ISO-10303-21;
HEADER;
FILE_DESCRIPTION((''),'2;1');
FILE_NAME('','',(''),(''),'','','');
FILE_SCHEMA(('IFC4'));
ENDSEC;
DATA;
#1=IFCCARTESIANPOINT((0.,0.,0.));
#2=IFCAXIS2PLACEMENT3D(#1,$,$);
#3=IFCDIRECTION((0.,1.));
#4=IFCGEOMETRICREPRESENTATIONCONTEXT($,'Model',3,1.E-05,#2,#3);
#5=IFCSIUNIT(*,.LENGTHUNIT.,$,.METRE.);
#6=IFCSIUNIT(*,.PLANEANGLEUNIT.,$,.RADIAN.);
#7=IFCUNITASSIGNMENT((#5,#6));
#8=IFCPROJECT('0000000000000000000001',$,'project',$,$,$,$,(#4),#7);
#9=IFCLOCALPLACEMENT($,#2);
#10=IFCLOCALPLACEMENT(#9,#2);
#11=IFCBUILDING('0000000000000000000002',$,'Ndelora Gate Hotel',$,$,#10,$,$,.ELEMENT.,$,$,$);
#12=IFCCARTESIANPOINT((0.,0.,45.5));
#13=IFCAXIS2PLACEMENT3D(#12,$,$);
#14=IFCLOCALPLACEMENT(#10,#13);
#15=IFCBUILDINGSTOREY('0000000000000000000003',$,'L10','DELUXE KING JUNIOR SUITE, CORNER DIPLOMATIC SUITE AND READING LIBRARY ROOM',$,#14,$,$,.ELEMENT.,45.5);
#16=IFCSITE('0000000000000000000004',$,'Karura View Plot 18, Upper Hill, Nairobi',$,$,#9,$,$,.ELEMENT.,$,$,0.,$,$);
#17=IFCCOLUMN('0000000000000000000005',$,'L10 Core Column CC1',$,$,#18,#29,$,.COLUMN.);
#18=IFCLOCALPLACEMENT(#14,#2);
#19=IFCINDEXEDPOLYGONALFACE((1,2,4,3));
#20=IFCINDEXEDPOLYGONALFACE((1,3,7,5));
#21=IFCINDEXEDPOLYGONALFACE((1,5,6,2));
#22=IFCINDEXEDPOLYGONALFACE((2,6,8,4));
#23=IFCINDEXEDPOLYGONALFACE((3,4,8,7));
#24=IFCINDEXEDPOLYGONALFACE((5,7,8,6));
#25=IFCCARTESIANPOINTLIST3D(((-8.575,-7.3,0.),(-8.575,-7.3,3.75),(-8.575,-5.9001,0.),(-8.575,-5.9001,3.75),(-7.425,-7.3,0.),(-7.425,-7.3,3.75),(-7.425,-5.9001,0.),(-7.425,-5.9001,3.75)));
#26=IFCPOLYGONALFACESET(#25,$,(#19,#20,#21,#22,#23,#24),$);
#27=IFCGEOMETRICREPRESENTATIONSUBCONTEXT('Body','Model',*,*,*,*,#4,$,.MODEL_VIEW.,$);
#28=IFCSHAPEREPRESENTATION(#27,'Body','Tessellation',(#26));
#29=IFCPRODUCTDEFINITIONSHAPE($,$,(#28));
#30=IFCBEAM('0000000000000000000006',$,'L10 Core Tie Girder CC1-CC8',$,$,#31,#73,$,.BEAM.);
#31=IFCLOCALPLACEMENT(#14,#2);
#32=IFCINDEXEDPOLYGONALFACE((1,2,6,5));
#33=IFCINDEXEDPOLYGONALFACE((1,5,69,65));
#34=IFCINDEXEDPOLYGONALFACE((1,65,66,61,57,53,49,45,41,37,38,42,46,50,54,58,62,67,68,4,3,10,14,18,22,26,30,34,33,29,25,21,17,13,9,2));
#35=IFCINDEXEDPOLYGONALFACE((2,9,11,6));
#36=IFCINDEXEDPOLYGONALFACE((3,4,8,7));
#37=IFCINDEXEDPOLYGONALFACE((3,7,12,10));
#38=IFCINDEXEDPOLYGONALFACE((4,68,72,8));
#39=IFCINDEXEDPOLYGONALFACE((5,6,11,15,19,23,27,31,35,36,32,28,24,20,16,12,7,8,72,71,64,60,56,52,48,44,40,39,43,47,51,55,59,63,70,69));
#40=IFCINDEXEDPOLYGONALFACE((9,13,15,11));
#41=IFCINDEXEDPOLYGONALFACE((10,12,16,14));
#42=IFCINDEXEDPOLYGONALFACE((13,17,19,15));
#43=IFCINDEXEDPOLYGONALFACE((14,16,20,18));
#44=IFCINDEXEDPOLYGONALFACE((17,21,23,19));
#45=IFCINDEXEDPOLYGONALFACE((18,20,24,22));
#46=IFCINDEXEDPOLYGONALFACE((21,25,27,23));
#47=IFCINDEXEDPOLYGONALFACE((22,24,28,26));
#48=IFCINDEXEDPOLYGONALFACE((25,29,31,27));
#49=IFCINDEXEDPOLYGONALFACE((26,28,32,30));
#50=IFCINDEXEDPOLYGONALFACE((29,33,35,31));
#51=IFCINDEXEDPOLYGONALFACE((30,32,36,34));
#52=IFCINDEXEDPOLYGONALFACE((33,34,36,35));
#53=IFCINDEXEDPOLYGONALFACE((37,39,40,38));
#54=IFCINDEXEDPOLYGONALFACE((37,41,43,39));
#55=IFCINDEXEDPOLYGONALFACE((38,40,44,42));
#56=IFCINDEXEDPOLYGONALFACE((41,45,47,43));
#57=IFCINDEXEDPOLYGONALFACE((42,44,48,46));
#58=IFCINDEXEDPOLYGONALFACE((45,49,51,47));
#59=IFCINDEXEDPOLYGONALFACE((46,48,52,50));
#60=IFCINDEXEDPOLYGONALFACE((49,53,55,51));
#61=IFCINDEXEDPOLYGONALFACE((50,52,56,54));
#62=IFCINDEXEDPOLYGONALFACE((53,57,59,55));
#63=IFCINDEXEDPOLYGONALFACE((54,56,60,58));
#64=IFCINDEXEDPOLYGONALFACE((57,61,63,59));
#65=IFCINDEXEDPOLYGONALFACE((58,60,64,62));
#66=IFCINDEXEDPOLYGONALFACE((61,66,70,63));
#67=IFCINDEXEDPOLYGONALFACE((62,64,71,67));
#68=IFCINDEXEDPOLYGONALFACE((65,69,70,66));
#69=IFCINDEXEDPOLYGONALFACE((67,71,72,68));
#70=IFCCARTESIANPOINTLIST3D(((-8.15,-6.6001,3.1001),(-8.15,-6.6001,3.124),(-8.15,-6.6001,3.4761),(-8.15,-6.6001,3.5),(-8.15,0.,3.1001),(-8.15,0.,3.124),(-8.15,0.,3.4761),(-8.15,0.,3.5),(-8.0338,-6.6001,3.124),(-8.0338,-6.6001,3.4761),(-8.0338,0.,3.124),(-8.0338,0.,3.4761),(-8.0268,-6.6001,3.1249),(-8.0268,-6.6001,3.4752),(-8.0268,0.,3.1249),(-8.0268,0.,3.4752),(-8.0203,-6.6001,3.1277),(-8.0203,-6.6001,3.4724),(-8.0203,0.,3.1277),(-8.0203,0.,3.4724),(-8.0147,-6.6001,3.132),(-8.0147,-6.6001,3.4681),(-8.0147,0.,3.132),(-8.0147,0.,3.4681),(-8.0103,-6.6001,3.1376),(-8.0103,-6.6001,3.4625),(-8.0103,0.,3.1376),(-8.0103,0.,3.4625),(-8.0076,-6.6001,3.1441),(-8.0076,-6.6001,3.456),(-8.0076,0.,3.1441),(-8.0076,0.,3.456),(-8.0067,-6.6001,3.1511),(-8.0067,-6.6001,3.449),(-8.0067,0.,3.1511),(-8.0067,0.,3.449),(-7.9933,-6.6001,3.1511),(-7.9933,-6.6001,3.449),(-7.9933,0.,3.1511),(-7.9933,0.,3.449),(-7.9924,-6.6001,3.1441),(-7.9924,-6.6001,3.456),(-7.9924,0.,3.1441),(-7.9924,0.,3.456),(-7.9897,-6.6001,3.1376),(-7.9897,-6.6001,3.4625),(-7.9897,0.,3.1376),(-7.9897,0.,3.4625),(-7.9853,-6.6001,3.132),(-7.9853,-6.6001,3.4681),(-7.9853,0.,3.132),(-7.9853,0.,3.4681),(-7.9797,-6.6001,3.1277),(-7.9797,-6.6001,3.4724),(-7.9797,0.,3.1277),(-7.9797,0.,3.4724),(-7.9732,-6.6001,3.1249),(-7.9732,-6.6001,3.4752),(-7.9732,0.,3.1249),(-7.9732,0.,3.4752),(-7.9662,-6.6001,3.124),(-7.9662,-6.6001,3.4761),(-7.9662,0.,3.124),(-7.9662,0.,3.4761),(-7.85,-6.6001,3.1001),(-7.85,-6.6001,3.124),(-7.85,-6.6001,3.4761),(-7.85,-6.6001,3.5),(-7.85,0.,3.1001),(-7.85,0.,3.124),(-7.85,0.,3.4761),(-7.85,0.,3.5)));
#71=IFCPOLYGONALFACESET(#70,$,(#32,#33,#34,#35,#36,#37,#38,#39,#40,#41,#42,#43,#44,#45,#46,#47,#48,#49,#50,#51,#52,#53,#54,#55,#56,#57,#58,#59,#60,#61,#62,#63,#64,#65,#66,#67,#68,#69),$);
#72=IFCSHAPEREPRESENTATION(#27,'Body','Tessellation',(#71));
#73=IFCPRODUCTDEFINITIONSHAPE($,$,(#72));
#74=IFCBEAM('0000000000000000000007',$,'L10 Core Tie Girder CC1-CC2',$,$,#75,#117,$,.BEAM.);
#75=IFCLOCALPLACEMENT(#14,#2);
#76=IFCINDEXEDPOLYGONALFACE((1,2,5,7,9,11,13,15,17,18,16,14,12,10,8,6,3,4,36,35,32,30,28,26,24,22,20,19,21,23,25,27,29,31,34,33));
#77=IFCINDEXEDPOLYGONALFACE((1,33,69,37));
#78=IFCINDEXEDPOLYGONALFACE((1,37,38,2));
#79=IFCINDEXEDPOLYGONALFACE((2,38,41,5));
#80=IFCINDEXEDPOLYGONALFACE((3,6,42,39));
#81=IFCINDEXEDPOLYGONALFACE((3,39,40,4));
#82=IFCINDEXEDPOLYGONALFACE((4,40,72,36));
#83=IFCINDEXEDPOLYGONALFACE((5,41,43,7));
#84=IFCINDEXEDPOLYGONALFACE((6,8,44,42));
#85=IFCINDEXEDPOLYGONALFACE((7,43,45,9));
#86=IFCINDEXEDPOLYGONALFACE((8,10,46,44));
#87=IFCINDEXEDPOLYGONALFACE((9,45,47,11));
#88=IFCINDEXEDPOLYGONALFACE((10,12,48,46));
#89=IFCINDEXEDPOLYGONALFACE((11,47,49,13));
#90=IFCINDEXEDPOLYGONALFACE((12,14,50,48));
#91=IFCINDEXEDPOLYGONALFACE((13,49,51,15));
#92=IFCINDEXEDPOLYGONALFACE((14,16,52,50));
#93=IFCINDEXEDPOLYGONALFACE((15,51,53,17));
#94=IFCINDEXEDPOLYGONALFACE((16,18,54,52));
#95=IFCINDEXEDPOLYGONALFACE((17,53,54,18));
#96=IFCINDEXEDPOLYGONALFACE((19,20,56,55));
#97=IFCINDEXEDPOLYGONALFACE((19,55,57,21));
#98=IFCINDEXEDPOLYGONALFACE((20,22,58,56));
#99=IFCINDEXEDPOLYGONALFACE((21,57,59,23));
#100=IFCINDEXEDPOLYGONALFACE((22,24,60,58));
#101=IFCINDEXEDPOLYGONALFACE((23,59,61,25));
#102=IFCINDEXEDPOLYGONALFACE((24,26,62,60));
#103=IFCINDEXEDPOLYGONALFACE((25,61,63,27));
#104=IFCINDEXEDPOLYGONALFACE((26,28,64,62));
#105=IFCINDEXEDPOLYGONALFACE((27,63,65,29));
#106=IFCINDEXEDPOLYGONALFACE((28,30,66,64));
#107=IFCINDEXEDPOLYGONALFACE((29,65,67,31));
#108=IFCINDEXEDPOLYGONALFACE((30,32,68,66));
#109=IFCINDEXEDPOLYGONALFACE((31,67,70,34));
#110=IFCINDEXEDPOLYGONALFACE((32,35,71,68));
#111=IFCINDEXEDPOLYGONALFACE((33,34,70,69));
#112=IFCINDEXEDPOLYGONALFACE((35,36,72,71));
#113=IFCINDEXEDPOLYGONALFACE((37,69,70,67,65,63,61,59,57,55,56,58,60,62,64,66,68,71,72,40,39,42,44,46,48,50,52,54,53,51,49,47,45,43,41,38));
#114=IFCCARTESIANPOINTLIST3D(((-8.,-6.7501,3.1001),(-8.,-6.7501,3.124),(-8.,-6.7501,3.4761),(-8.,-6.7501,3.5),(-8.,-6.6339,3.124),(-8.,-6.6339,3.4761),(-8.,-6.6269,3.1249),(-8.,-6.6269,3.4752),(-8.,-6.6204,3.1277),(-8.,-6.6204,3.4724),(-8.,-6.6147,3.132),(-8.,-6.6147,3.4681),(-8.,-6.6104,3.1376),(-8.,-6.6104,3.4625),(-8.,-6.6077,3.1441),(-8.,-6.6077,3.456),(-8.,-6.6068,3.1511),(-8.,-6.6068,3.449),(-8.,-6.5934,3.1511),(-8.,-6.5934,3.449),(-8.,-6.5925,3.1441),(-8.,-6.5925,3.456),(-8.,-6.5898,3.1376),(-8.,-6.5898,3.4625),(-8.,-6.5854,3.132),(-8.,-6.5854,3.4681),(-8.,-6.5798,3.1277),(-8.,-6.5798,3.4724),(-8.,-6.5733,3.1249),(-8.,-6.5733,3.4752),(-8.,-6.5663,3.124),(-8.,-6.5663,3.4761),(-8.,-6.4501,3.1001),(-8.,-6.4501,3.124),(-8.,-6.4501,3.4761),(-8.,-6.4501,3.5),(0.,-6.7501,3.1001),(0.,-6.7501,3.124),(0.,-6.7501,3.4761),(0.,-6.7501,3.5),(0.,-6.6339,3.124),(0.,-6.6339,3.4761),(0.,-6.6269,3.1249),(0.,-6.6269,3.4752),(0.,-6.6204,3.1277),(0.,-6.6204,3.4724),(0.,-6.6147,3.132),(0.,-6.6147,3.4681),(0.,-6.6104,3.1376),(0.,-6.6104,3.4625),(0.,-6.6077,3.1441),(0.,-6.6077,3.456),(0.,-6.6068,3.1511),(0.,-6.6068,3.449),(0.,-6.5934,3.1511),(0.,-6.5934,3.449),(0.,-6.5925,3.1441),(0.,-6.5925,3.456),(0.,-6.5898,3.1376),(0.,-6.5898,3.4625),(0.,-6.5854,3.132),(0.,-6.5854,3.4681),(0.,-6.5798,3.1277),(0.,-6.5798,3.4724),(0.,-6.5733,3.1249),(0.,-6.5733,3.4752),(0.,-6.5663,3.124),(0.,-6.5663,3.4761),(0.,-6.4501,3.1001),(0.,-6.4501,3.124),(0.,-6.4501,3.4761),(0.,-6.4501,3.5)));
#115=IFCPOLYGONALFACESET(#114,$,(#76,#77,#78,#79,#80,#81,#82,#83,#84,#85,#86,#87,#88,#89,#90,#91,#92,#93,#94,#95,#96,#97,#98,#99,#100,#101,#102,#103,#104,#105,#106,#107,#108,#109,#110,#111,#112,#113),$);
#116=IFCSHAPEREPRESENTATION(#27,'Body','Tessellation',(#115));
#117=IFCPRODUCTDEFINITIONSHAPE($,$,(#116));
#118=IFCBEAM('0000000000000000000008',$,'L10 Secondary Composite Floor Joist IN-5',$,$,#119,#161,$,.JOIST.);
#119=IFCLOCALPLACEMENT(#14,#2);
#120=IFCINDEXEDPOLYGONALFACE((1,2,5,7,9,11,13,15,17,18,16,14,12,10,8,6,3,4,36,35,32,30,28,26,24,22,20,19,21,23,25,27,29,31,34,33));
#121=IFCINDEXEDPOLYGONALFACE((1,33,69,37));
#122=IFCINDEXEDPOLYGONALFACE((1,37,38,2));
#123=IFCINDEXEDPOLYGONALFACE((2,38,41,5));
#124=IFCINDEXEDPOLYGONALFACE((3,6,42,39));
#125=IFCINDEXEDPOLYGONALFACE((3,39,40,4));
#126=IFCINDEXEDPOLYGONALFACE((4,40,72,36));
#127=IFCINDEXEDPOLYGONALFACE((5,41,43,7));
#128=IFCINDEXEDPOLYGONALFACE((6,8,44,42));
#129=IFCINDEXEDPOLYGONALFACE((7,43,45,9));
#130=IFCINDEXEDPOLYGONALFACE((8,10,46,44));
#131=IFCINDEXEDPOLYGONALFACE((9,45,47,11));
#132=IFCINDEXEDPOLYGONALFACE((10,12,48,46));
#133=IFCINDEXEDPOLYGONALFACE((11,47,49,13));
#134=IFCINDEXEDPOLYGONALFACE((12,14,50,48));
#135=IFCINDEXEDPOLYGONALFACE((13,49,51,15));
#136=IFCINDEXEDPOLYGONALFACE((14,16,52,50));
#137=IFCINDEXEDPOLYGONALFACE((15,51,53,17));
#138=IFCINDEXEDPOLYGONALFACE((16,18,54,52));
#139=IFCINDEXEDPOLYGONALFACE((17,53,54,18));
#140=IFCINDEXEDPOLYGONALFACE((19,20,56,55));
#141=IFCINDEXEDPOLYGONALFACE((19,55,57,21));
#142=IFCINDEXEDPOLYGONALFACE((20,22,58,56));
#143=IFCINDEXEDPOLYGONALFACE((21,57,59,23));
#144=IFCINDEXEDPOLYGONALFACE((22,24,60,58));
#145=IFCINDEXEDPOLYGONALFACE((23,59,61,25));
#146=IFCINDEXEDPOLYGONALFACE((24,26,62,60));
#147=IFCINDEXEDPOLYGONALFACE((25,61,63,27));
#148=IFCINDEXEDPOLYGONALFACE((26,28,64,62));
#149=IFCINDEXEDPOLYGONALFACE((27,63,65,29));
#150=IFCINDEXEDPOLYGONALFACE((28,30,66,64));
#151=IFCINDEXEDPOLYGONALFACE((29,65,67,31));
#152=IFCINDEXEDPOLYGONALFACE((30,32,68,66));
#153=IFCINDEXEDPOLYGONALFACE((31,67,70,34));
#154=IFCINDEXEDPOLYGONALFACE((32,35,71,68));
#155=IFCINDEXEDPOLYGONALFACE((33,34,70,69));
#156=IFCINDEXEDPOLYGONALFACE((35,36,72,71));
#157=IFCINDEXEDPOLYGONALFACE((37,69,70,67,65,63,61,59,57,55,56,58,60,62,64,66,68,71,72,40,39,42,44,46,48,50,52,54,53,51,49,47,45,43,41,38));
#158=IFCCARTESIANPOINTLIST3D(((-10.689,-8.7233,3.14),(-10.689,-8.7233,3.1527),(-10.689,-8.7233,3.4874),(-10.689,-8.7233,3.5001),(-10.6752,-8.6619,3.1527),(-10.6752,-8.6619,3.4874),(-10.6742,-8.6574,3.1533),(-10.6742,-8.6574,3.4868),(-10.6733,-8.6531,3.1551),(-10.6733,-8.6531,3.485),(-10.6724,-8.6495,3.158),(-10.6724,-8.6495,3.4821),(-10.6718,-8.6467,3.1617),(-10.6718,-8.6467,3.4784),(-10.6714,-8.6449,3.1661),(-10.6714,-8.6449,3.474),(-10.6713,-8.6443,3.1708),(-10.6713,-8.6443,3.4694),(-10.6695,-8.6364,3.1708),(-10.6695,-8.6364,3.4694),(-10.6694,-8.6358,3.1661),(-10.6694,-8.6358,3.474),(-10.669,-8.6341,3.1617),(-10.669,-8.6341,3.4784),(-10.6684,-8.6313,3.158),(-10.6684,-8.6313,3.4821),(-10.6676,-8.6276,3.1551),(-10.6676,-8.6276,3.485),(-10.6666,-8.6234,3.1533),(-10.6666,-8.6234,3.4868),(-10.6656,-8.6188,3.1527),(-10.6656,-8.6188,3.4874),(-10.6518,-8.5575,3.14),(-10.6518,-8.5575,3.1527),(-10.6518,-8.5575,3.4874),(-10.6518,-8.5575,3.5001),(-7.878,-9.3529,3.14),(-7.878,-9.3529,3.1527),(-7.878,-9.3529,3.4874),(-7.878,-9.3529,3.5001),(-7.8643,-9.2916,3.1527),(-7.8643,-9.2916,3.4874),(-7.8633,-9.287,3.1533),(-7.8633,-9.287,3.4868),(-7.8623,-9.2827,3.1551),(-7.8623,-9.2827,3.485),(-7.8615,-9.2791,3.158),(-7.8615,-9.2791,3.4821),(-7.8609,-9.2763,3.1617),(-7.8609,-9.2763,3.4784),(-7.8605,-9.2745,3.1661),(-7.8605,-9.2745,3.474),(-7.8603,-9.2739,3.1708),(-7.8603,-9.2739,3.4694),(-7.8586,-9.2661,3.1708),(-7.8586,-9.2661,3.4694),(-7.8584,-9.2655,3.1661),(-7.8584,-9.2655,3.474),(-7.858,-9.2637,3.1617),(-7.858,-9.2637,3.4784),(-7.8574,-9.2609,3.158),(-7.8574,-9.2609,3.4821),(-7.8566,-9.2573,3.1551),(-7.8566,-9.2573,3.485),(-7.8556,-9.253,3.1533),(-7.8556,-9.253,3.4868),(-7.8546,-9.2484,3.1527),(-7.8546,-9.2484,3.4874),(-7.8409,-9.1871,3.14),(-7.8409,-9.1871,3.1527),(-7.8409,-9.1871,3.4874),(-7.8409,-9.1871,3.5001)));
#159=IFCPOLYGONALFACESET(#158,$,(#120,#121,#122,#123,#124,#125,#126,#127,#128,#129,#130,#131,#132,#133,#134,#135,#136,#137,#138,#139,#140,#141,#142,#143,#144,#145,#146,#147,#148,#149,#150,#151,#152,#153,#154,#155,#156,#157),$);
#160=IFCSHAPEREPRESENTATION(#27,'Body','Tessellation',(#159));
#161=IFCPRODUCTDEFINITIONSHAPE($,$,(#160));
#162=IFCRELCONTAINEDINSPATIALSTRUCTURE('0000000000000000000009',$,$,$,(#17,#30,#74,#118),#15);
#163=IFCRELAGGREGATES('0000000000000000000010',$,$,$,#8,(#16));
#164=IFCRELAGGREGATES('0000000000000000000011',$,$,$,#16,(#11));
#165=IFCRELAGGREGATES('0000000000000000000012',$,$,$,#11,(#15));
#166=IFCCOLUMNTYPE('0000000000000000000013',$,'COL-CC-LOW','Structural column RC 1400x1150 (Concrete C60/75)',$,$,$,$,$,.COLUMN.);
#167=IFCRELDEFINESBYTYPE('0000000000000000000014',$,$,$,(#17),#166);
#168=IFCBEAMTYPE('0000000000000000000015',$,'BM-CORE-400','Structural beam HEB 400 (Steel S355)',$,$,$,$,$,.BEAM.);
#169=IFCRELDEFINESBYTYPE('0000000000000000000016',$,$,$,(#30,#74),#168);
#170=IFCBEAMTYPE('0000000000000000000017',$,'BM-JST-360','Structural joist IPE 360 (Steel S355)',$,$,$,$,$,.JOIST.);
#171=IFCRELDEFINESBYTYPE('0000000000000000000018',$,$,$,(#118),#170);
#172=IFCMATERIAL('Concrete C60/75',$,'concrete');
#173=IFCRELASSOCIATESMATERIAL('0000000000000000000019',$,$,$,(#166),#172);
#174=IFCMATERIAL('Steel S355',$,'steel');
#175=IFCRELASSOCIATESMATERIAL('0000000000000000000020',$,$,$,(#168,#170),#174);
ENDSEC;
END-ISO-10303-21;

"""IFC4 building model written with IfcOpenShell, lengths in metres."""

from ifc_helpers import new_model, si_unit, direction, frame, origin, origin_2d, place, context, subcontext, project, spatial, rectangle, i_section, extrude, material, material_profile, profile_set, type_object, element, save


model = new_model("IFC4")

# Units and contexts
model_context = context("Model", 3, precision=1e-05, world=origin(), true_north=direction((0.0, 1.0)))
body_context = subcontext(model_context, "Body", "Model", "MODEL_VIEW")
ifc_project = project(units=[si_unit("LENGTHUNIT", "METRE"), si_unit("PLANEANGLEUNIT", "RADIAN")], contexts=[model_context])

# Site, building, storey
site_placement = place(None, origin())
site = spatial("IfcSite", under=ifc_project, at=site_placement, Name="Karura View Plot 18, Upper Hill, Nairobi", CompositionType="ELEMENT", RefElevation=0.0)
building_placement = place(site_placement, origin())
building = spatial("IfcBuilding", under=site, at=building_placement, Name="Ndelora Gate Hotel", CompositionType="ELEMENT")
storey_placement = place(building_placement, frame((0.0, 0.0, 45.5)))
storey = spatial("IfcBuildingStorey", under=building, at=storey_placement, Name="L10", Description="DELUXE KING JUNIOR SUITE, CORNER DIPLOMATIC SUITE AND READING LIBRARY ROOM", CompositionType="ELEMENT", Elevation=45.5)

# Column
ifc_material_1 = material(Name="Concrete C60/75", Category="concrete")
ifc_material_profile_1 = material_profile(ifc_material_1, rectangle(XDim=1.1499, YDim=1.3999, at=origin_2d()), Name="RC 1400x1150")
ifc_profile_set_1 = profile_set([ifc_material_profile_1], Name="Concrete C60/75")
column_type = type_object("IfcColumnType", Name="COL-CC-LOW", Description="Structural column RC 1400x1150 (Concrete C60/75)", PredefinedType="COLUMN", material=ifc_profile_set_1)
column_placement = place(storey_placement, frame((-8.0, -6.6001, 0.0), z_axis=(0.0, 0.0, 1.0), x_axis=(1.0, 0.0, 0.0)))
element("IfcColumn", 1, at=column_placement, inside=storey, type_object=column_type, Name="L10 Core Column CC1", PredefinedType="COLUMN", context=body_context, shape_type="SweptSolid", body=[
    extrude(rectangle(XDim=1.1499, YDim=1.3999, at=origin_2d()), origin(), (0.0, 0.0, 1.0), 3.75),
])

# Beams
ifc_material_2 = material(Name="Steel S355", Category="steel")
ifc_material_profile_2 = material_profile(ifc_material_2, i_section(OverallWidth=0.3, OverallDepth=0.3999, WebThickness=0.0134, FlangeThickness=0.0239, FilletRadius=0.0271, at=origin_2d()), Name="HEB 400")
ifc_profile_set_2 = profile_set([ifc_material_profile_2], Name="Steel S355")
beam_type_1 = type_object("IfcBeamType", Name="BM-CORE-400", Description="Structural beam HEB 400 (Steel S355)", PredefinedType="BEAM", material=ifc_profile_set_2)
beam_1_placement = place(storey_placement, frame((-8.0, -6.6001, 3.3), z_axis=(0.0, 1.0, 0.0), x_axis=(-1.0, 0.0, 0.0)))
element("IfcBeam", 2, at=beam_1_placement, inside=storey, type_object=beam_type_1, Name="L10 Core Tie Girder CC1-CC8", PredefinedType="BEAM", context=body_context, shape_type="SweptSolid", body=[
    extrude(i_section(OverallWidth=0.3, OverallDepth=0.3999, WebThickness=0.0134, FlangeThickness=0.0239, FilletRadius=0.0271, at=origin_2d()), origin(), (0.0, 0.0, 1.0), 6.6001),
])
beam_2_placement = place(storey_placement, frame((-8.0, -6.6001, 3.3), z_axis=(1.0, 0.0, 0.0), x_axis=(0.0, 1.0, 0.0)))
element("IfcBeam", 3, at=beam_2_placement, inside=storey, type_object=beam_type_1, Name="L10 Core Tie Girder CC1-CC2", PredefinedType="BEAM", context=body_context, shape_type="SweptSolid", body=[
    extrude(i_section(OverallWidth=0.3, OverallDepth=0.3999, WebThickness=0.0134, FlangeThickness=0.0239, FilletRadius=0.0271, at=origin_2d()), origin(), (0.0, 0.0, 1.0), 8.0),
])
ifc_material_profile_3 = material_profile(ifc_material_2, i_section(OverallWidth=0.1699, OverallDepth=0.3601, WebThickness=0.0081, FlangeThickness=0.0127, FilletRadius=0.0181, at=origin_2d()), Name="IPE 360")
ifc_profile_set_3 = profile_set([ifc_material_profile_3], Name="Steel S355")
beam_type_2 = type_object("IfcBeamType", Name="BM-JST-360", Description="Structural joist IPE 360 (Steel S355)", PredefinedType="JOIST", material=ifc_profile_set_3)
beam_3_placement = place(storey_placement, frame((-10.6704, -8.6404, 3.3201), z_axis=(0.975821, -0.218572, 0.0), x_axis=(0.218572, 0.975821, 0.0)))
element("IfcBeam", 4, at=beam_3_placement, inside=storey, type_object=beam_type_2, Name="L10 Secondary Composite Floor Joist IN-5", PredefinedType="JOIST", context=body_context, shape_type="SweptSolid", body=[
    extrude(i_section(OverallWidth=0.1699, OverallDepth=0.3601, WebThickness=0.0081, FlangeThickness=0.0127, FilletRadius=0.0181, at=origin_2d()), origin(), (0.0, 0.0, 1.0), 2.8806),
])

save(model, "model.ifc")
